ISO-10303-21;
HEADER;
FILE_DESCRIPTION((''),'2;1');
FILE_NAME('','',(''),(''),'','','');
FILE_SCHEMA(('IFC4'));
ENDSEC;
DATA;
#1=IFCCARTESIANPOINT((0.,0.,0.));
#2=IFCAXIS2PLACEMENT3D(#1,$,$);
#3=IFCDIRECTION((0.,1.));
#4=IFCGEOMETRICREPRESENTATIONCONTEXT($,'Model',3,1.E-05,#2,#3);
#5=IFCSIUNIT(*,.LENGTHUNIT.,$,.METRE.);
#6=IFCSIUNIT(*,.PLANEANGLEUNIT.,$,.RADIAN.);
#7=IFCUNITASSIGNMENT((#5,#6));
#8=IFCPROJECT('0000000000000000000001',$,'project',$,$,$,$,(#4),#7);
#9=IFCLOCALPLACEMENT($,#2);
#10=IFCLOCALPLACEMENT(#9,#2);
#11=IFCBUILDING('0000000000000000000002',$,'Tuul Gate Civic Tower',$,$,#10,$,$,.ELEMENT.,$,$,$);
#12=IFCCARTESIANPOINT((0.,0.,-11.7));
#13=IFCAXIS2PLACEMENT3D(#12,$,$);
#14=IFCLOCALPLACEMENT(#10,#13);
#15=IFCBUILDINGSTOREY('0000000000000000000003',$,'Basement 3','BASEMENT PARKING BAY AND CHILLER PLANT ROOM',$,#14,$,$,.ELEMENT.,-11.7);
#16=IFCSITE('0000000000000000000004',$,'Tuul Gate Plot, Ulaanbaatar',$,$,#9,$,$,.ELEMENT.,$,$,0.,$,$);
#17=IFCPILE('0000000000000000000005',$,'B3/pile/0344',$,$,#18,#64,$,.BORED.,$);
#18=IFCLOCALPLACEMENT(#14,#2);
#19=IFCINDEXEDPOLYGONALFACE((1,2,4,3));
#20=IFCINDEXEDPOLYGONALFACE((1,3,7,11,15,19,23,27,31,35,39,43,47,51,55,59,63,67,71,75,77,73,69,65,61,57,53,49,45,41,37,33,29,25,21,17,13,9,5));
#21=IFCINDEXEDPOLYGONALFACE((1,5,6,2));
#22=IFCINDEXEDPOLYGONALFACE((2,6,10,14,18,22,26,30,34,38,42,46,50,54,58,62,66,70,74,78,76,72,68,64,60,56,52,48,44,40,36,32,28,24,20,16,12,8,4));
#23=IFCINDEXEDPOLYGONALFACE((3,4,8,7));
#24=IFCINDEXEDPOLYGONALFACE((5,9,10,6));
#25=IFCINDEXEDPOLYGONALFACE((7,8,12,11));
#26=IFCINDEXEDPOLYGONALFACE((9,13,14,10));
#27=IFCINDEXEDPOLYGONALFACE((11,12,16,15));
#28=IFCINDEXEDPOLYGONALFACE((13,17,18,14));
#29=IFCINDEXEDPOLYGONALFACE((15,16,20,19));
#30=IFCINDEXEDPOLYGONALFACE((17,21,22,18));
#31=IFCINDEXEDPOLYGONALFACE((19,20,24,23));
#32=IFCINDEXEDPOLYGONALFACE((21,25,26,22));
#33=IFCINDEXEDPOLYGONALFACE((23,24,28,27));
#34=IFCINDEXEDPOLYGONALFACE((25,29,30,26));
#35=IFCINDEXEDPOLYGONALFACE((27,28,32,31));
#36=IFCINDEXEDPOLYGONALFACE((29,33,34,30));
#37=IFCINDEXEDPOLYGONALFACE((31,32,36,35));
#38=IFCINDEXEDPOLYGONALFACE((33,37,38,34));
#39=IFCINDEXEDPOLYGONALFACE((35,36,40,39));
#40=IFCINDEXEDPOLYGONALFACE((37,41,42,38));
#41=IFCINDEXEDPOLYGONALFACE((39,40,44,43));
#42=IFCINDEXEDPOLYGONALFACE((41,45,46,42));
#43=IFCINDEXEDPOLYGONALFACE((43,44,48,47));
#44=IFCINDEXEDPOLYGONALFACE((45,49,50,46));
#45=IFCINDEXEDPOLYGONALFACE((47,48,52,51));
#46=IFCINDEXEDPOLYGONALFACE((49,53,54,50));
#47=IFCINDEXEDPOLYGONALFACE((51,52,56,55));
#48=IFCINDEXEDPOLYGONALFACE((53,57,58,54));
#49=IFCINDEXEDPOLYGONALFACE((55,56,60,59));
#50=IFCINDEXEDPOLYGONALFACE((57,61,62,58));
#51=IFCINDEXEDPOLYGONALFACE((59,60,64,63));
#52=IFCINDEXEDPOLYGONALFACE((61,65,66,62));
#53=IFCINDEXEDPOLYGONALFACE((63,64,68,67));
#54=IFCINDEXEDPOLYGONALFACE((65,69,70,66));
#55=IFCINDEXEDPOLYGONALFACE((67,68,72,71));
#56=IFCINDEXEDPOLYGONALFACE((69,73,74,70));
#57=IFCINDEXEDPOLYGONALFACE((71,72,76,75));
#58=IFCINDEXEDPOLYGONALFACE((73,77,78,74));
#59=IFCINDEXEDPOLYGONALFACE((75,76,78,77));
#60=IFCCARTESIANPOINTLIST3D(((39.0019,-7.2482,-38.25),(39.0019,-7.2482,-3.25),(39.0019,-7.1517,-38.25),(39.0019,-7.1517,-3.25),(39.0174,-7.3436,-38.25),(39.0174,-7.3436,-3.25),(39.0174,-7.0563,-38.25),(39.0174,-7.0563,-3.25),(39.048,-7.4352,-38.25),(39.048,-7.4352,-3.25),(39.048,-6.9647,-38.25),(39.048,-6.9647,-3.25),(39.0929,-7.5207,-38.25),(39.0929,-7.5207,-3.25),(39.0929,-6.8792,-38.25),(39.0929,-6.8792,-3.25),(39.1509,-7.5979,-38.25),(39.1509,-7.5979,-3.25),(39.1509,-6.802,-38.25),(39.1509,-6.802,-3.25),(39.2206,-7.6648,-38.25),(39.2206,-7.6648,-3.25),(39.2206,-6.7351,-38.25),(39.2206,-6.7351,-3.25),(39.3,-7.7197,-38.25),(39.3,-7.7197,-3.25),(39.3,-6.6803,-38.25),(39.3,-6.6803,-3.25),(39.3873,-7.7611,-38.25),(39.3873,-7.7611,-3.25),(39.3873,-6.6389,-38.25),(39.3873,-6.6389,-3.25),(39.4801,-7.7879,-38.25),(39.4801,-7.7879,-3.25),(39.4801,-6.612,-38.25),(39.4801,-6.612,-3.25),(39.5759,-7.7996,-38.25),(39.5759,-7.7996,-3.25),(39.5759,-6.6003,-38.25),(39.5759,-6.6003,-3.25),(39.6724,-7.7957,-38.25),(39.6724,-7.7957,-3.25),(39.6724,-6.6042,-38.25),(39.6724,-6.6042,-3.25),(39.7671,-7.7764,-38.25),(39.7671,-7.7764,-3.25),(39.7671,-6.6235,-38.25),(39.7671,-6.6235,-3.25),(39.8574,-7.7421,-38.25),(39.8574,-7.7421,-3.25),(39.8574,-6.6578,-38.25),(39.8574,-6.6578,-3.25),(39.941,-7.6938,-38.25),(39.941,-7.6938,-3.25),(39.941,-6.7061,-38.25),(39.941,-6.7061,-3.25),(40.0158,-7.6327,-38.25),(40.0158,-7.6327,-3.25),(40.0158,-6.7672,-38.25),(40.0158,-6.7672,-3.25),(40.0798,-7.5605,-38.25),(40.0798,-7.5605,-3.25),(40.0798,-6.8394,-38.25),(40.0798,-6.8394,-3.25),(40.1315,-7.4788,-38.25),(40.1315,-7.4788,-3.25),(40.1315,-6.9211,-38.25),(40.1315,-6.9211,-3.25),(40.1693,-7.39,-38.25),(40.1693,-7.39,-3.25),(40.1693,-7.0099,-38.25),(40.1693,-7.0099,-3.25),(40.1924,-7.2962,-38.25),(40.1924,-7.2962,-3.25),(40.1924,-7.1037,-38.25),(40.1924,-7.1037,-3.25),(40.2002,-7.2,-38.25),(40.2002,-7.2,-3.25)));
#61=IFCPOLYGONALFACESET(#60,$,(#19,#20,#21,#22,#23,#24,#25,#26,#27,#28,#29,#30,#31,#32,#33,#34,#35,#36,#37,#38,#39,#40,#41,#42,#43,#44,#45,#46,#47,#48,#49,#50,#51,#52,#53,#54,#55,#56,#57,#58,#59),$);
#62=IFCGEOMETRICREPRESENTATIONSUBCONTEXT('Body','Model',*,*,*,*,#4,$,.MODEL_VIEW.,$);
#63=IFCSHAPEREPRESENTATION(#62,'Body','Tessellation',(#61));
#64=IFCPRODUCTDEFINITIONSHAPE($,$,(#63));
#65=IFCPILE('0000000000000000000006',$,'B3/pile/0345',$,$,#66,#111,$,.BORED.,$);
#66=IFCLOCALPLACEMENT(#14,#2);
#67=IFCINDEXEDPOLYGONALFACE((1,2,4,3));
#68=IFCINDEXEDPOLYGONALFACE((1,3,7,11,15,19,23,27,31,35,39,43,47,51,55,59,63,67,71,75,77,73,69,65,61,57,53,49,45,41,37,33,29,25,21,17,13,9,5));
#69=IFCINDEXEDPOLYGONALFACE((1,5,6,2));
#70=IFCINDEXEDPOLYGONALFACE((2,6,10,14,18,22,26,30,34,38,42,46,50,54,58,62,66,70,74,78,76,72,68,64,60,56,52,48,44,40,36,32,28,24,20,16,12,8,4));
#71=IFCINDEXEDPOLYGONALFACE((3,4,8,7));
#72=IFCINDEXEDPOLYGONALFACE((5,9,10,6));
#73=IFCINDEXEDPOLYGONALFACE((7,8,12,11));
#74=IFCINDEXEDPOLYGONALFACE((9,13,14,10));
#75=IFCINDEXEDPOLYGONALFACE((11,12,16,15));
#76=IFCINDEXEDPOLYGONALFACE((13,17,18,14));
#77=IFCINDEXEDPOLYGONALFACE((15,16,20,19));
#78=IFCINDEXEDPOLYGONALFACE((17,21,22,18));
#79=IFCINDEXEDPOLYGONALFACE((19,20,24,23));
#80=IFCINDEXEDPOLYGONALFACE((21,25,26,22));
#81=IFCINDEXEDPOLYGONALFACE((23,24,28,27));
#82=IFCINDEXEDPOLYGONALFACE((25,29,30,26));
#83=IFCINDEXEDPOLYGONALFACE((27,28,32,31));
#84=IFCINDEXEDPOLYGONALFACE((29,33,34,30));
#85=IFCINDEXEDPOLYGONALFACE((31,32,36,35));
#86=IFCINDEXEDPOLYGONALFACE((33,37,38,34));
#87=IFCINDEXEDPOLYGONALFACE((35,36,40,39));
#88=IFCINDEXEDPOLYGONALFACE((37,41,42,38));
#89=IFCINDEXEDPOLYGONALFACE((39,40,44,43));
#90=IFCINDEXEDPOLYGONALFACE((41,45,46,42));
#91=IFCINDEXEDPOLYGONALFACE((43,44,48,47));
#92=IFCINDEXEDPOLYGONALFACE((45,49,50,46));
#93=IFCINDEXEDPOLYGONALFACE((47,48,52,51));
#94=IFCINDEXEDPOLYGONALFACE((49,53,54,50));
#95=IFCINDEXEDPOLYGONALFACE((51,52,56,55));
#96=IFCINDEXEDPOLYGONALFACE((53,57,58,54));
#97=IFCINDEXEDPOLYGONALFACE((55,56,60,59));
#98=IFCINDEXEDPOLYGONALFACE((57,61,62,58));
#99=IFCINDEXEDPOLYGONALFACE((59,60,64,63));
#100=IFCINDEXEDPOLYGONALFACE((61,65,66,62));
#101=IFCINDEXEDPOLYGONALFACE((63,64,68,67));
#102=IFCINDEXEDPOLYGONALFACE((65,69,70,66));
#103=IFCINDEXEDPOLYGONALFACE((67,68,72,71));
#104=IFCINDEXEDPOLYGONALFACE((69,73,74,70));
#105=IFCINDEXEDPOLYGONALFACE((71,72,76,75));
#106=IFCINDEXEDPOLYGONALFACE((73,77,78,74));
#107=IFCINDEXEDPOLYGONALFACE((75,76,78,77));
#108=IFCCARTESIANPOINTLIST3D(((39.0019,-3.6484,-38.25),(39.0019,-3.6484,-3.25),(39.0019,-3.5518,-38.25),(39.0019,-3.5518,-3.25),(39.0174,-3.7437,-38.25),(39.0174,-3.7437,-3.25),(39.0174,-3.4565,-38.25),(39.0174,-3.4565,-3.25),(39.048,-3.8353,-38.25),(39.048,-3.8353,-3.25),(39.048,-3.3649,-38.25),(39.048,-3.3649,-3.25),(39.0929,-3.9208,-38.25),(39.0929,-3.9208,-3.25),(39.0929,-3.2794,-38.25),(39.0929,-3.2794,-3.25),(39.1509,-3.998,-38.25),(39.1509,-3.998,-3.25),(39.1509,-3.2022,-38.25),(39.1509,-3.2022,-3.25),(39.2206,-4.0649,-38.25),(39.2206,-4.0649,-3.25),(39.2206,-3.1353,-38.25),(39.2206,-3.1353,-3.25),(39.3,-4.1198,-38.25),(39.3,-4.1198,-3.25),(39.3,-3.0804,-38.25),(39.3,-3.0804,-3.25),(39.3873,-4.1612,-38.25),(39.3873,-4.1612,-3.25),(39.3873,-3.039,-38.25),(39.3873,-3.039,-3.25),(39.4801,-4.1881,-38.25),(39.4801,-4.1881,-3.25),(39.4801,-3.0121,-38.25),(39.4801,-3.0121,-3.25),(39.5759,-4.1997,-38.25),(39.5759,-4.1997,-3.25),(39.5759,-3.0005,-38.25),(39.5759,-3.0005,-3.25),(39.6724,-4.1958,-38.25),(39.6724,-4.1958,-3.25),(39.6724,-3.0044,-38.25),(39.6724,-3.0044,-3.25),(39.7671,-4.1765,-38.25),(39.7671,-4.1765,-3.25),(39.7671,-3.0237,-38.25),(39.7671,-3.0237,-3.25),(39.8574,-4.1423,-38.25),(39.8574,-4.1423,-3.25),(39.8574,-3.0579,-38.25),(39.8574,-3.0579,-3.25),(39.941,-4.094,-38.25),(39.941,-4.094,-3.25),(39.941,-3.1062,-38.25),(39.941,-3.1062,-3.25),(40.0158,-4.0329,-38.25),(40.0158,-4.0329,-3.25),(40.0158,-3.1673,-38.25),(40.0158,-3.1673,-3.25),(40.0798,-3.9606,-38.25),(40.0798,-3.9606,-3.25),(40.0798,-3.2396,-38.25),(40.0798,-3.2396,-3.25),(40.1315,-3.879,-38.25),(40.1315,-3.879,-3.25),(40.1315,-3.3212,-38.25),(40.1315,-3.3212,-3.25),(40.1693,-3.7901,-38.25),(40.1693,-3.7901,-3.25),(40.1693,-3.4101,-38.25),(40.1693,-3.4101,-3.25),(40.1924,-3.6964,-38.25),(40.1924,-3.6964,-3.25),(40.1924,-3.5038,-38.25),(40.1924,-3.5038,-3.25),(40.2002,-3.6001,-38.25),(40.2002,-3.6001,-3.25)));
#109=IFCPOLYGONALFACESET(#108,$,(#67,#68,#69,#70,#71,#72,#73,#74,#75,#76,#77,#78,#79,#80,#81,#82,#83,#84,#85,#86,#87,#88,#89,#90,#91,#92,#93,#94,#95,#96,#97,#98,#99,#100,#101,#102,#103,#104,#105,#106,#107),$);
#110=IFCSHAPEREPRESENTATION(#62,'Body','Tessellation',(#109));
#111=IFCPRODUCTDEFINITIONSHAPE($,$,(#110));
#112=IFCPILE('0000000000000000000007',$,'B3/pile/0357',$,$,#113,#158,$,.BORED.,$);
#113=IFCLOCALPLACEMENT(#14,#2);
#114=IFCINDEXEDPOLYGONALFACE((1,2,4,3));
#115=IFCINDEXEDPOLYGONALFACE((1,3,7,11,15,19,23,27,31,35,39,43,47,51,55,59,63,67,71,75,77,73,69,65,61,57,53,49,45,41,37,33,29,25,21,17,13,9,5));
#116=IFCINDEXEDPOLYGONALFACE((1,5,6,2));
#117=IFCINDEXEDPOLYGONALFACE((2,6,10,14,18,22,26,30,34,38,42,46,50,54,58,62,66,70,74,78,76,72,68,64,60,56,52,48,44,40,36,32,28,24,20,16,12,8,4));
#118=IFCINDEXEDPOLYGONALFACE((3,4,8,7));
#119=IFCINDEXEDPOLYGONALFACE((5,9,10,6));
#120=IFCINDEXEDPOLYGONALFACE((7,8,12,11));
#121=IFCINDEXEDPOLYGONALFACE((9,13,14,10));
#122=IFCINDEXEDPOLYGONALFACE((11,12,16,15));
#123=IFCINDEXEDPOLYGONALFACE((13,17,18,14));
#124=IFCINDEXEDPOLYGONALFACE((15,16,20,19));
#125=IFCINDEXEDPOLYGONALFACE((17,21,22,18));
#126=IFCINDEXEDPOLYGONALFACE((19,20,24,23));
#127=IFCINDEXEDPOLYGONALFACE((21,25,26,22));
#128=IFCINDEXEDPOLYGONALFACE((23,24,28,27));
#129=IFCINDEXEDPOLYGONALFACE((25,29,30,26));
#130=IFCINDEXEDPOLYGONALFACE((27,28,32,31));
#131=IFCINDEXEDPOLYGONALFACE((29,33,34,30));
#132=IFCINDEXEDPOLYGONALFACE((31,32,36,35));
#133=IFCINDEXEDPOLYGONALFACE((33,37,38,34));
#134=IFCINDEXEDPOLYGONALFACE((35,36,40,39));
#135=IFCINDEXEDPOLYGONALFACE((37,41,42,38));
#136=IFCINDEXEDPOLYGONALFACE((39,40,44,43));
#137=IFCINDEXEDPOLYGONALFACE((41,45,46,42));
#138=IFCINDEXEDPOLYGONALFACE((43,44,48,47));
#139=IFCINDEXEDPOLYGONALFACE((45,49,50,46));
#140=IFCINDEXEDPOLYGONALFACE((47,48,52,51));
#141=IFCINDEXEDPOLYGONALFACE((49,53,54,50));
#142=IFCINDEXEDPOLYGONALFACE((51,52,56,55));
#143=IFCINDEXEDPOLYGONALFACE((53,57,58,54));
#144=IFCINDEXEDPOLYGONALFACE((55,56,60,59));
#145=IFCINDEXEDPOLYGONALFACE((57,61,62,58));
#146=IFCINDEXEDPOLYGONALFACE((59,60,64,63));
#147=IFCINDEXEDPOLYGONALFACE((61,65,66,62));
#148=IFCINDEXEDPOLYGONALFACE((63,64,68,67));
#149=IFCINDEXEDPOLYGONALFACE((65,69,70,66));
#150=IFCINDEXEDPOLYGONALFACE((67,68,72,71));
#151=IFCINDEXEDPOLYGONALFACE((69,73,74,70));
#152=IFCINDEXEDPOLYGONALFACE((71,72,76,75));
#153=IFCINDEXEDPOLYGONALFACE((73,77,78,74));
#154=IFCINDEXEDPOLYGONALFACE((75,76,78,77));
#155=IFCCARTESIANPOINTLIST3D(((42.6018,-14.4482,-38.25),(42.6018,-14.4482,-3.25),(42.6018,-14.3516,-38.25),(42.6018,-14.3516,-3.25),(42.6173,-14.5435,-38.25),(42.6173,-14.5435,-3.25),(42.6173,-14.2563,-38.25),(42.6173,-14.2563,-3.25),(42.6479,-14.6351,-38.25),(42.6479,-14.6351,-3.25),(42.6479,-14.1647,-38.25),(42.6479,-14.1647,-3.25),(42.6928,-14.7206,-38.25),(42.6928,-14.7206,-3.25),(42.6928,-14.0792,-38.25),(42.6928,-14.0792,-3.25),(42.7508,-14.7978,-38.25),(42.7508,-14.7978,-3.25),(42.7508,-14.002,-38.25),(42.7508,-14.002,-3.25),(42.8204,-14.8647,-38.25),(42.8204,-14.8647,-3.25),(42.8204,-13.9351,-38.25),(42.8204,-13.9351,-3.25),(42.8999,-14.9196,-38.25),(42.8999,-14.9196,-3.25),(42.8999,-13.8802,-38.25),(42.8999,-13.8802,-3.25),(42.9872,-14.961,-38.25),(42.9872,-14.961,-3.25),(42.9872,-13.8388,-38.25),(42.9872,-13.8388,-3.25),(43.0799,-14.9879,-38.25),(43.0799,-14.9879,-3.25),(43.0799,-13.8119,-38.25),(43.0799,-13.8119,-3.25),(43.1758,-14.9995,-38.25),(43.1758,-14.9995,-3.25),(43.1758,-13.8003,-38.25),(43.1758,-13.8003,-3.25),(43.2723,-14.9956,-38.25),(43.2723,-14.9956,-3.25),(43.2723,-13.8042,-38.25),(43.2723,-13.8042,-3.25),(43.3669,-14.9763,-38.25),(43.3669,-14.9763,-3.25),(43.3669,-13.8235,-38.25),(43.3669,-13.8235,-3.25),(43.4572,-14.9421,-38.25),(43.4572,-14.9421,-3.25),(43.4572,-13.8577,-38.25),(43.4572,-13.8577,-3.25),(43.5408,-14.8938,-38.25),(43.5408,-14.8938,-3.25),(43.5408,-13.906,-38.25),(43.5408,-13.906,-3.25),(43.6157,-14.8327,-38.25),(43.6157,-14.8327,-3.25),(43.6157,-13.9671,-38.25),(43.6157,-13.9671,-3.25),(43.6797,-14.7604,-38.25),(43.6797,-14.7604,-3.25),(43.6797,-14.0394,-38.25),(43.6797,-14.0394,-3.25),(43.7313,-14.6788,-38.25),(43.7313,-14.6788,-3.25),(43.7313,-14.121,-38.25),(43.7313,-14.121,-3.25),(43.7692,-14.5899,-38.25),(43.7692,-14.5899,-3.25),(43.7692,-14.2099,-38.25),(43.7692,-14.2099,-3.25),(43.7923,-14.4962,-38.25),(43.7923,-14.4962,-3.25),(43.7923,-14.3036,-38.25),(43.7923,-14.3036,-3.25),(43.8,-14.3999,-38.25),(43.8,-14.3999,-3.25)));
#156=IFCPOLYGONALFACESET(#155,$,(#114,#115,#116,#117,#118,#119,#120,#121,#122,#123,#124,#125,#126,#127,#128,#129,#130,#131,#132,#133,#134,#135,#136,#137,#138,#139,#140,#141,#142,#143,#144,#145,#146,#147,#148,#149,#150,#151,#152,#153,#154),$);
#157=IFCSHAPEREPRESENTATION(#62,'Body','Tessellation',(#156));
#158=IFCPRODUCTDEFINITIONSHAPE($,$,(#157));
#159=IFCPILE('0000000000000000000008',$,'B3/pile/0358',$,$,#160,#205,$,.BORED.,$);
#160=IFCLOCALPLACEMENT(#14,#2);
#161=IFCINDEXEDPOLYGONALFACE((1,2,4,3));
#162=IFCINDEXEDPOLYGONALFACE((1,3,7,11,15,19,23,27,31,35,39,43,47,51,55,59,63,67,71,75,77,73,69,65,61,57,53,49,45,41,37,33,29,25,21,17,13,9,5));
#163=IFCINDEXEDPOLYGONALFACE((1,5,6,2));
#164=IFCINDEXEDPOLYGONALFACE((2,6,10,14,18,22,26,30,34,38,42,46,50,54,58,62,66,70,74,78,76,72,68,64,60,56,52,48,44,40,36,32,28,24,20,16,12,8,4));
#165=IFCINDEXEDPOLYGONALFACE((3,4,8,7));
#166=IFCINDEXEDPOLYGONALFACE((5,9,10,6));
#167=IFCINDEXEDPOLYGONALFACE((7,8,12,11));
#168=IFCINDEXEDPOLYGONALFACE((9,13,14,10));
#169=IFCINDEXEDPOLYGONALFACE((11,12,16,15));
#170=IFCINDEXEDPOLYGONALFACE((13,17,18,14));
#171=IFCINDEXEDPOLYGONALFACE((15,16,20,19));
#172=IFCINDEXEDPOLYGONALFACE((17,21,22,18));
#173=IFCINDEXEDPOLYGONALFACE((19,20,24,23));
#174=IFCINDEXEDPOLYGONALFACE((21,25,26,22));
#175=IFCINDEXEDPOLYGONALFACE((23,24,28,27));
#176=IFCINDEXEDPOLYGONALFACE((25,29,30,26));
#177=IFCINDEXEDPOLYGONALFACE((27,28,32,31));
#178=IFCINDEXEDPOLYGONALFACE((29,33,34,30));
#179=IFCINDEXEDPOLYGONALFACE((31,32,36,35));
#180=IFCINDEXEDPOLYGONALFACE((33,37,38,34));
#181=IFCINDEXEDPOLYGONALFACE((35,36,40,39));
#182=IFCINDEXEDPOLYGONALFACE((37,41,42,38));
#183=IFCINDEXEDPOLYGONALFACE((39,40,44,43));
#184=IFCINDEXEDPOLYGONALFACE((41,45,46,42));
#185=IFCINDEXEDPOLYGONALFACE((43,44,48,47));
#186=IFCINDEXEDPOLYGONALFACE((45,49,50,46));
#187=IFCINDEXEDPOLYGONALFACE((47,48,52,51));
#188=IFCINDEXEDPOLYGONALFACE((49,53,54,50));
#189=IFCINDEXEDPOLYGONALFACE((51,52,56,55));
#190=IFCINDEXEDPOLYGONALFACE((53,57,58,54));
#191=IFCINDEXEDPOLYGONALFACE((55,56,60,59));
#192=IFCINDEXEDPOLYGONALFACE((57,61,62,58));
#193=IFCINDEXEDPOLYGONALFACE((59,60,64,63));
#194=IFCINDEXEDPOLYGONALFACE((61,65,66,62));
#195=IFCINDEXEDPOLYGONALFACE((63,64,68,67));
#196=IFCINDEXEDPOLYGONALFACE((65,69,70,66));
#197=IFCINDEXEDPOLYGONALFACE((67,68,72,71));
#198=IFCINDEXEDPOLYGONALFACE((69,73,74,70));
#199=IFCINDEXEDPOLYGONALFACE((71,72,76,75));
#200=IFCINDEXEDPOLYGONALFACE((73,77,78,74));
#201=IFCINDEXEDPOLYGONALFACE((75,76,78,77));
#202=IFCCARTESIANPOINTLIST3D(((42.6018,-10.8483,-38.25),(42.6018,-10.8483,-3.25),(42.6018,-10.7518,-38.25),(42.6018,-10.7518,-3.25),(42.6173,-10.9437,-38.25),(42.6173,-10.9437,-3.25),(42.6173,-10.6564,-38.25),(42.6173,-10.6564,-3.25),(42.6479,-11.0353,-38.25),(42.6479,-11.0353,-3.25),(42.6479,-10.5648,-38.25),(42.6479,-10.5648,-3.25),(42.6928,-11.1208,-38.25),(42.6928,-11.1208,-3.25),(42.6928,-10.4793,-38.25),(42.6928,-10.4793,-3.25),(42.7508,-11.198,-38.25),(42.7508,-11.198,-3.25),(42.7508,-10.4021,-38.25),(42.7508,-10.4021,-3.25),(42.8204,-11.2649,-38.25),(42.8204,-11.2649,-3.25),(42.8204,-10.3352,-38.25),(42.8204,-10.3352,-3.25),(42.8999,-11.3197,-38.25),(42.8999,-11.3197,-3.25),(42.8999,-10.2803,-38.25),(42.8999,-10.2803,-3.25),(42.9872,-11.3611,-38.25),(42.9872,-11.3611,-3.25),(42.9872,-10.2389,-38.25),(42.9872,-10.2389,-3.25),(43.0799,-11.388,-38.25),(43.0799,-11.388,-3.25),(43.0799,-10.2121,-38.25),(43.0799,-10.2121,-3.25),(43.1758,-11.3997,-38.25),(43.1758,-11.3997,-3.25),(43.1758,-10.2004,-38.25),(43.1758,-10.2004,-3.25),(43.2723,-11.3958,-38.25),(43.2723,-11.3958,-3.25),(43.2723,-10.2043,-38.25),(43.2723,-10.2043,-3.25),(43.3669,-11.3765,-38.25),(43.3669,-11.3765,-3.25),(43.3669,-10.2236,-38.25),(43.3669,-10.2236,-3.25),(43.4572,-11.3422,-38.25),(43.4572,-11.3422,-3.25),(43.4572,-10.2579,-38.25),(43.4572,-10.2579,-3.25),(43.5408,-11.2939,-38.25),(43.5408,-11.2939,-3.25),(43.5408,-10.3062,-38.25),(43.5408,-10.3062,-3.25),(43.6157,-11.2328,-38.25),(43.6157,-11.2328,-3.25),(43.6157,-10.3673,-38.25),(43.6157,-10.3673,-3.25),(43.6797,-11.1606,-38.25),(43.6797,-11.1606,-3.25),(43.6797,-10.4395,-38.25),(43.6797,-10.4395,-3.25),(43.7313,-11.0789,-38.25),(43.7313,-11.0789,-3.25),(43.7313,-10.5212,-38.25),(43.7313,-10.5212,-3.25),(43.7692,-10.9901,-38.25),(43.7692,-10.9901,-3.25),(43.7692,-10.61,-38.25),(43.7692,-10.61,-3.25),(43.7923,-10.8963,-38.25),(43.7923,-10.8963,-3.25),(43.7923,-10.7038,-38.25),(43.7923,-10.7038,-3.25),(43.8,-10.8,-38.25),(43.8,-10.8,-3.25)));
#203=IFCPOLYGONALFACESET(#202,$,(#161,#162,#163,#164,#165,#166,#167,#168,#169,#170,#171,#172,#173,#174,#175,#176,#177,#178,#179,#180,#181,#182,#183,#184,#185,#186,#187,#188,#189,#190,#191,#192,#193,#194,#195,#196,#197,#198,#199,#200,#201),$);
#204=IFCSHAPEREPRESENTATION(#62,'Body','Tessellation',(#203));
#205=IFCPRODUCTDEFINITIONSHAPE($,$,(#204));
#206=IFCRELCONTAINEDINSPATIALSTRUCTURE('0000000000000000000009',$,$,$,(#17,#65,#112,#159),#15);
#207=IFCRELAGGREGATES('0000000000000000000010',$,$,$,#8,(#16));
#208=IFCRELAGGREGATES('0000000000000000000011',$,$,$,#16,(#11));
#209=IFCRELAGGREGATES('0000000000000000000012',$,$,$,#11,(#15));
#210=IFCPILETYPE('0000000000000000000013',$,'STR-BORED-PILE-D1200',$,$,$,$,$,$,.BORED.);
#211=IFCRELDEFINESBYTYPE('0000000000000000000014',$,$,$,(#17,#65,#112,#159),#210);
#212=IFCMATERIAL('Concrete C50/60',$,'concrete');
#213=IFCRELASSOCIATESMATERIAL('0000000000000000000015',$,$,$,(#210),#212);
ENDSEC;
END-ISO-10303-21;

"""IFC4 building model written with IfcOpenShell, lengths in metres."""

from ifc_helpers import new_model, si_unit, direction, frame, origin, origin_2d, place, context, subcontext, project, spatial, circle, extrude, material, material_profile, profile_set, type_object, element, save


model = new_model("IFC4")

# Units and contexts
model_context = context("Model", 3, precision=1e-05, world=origin(), true_north=direction((0.0, 1.0)))
body_context = subcontext(model_context, "Body", "Model", "MODEL_VIEW")
ifc_project = project(units=[si_unit("LENGTHUNIT", "METRE"), si_unit("PLANEANGLEUNIT", "RADIAN")], contexts=[model_context])

# Site, building, storey
site_placement = place(None, origin())
site = spatial("IfcSite", under=ifc_project, at=site_placement, Name="Tuul Gate Plot, Ulaanbaatar", CompositionType="ELEMENT", RefElevation=0.0)
building_placement = place(site_placement, origin())
building = spatial("IfcBuilding", under=site, at=building_placement, Name="Tuul Gate Civic Tower", CompositionType="ELEMENT")
storey_placement = place(building_placement, frame((0.0, 0.0, -11.7)))
storey = spatial("IfcBuildingStorey", under=building, at=storey_placement, Name="Basement 3", Description="BASEMENT PARKING BAY AND CHILLER PLANT ROOM", CompositionType="ELEMENT", Elevation=-11.7)

# Piles
ifc_material_1 = material(Name="Concrete C50/60", Category="concrete")
ifc_material_profile = material_profile(ifc_material_1, circle(Radius=0.6001, at=origin_2d()), Name="PILE1200")
ifc_profile_set = profile_set([ifc_material_profile], Name="Concrete C50/60")
pile_type = type_object("IfcPileType", Name="STR-BORED-PILE-D1200", PredefinedType="BORED", material=ifc_profile_set)
for number, where, z_axis, x_axis, name in (
    (1, (39.6001, -7.2, -3.25), (0.0, 0.0, -1.0), (1.0, 0.0, 0.0), "B3/pile/0344"),
    (2, (39.6001, -3.6001, -3.25), (0.0, 0.0, -1.0), (1.0, 0.0, 0.0), "B3/pile/0345"),
    (3, (43.2, -14.3999, -3.25), (0.0, 0.0, -1.0), (1.0, 0.0, 0.0), "B3/pile/0357"),
    (4, (43.2, -10.8, -3.25), (0.0, 0.0, -1.0), (1.0, 0.0, 0.0), "B3/pile/0358"),
):
    element("IfcPile", number, at=place(storey_placement, frame(where, z_axis=z_axis, x_axis=x_axis)), inside=storey, type_object=pile_type, Name=name, PredefinedType="BORED", context=body_context, shape_type="SweptSolid", body=[
        extrude(circle(Radius=0.6001, at=origin_2d()), origin(), (0.0, 0.0, 1.0), 35.0),
    ])

save(model, "model.ifc")
